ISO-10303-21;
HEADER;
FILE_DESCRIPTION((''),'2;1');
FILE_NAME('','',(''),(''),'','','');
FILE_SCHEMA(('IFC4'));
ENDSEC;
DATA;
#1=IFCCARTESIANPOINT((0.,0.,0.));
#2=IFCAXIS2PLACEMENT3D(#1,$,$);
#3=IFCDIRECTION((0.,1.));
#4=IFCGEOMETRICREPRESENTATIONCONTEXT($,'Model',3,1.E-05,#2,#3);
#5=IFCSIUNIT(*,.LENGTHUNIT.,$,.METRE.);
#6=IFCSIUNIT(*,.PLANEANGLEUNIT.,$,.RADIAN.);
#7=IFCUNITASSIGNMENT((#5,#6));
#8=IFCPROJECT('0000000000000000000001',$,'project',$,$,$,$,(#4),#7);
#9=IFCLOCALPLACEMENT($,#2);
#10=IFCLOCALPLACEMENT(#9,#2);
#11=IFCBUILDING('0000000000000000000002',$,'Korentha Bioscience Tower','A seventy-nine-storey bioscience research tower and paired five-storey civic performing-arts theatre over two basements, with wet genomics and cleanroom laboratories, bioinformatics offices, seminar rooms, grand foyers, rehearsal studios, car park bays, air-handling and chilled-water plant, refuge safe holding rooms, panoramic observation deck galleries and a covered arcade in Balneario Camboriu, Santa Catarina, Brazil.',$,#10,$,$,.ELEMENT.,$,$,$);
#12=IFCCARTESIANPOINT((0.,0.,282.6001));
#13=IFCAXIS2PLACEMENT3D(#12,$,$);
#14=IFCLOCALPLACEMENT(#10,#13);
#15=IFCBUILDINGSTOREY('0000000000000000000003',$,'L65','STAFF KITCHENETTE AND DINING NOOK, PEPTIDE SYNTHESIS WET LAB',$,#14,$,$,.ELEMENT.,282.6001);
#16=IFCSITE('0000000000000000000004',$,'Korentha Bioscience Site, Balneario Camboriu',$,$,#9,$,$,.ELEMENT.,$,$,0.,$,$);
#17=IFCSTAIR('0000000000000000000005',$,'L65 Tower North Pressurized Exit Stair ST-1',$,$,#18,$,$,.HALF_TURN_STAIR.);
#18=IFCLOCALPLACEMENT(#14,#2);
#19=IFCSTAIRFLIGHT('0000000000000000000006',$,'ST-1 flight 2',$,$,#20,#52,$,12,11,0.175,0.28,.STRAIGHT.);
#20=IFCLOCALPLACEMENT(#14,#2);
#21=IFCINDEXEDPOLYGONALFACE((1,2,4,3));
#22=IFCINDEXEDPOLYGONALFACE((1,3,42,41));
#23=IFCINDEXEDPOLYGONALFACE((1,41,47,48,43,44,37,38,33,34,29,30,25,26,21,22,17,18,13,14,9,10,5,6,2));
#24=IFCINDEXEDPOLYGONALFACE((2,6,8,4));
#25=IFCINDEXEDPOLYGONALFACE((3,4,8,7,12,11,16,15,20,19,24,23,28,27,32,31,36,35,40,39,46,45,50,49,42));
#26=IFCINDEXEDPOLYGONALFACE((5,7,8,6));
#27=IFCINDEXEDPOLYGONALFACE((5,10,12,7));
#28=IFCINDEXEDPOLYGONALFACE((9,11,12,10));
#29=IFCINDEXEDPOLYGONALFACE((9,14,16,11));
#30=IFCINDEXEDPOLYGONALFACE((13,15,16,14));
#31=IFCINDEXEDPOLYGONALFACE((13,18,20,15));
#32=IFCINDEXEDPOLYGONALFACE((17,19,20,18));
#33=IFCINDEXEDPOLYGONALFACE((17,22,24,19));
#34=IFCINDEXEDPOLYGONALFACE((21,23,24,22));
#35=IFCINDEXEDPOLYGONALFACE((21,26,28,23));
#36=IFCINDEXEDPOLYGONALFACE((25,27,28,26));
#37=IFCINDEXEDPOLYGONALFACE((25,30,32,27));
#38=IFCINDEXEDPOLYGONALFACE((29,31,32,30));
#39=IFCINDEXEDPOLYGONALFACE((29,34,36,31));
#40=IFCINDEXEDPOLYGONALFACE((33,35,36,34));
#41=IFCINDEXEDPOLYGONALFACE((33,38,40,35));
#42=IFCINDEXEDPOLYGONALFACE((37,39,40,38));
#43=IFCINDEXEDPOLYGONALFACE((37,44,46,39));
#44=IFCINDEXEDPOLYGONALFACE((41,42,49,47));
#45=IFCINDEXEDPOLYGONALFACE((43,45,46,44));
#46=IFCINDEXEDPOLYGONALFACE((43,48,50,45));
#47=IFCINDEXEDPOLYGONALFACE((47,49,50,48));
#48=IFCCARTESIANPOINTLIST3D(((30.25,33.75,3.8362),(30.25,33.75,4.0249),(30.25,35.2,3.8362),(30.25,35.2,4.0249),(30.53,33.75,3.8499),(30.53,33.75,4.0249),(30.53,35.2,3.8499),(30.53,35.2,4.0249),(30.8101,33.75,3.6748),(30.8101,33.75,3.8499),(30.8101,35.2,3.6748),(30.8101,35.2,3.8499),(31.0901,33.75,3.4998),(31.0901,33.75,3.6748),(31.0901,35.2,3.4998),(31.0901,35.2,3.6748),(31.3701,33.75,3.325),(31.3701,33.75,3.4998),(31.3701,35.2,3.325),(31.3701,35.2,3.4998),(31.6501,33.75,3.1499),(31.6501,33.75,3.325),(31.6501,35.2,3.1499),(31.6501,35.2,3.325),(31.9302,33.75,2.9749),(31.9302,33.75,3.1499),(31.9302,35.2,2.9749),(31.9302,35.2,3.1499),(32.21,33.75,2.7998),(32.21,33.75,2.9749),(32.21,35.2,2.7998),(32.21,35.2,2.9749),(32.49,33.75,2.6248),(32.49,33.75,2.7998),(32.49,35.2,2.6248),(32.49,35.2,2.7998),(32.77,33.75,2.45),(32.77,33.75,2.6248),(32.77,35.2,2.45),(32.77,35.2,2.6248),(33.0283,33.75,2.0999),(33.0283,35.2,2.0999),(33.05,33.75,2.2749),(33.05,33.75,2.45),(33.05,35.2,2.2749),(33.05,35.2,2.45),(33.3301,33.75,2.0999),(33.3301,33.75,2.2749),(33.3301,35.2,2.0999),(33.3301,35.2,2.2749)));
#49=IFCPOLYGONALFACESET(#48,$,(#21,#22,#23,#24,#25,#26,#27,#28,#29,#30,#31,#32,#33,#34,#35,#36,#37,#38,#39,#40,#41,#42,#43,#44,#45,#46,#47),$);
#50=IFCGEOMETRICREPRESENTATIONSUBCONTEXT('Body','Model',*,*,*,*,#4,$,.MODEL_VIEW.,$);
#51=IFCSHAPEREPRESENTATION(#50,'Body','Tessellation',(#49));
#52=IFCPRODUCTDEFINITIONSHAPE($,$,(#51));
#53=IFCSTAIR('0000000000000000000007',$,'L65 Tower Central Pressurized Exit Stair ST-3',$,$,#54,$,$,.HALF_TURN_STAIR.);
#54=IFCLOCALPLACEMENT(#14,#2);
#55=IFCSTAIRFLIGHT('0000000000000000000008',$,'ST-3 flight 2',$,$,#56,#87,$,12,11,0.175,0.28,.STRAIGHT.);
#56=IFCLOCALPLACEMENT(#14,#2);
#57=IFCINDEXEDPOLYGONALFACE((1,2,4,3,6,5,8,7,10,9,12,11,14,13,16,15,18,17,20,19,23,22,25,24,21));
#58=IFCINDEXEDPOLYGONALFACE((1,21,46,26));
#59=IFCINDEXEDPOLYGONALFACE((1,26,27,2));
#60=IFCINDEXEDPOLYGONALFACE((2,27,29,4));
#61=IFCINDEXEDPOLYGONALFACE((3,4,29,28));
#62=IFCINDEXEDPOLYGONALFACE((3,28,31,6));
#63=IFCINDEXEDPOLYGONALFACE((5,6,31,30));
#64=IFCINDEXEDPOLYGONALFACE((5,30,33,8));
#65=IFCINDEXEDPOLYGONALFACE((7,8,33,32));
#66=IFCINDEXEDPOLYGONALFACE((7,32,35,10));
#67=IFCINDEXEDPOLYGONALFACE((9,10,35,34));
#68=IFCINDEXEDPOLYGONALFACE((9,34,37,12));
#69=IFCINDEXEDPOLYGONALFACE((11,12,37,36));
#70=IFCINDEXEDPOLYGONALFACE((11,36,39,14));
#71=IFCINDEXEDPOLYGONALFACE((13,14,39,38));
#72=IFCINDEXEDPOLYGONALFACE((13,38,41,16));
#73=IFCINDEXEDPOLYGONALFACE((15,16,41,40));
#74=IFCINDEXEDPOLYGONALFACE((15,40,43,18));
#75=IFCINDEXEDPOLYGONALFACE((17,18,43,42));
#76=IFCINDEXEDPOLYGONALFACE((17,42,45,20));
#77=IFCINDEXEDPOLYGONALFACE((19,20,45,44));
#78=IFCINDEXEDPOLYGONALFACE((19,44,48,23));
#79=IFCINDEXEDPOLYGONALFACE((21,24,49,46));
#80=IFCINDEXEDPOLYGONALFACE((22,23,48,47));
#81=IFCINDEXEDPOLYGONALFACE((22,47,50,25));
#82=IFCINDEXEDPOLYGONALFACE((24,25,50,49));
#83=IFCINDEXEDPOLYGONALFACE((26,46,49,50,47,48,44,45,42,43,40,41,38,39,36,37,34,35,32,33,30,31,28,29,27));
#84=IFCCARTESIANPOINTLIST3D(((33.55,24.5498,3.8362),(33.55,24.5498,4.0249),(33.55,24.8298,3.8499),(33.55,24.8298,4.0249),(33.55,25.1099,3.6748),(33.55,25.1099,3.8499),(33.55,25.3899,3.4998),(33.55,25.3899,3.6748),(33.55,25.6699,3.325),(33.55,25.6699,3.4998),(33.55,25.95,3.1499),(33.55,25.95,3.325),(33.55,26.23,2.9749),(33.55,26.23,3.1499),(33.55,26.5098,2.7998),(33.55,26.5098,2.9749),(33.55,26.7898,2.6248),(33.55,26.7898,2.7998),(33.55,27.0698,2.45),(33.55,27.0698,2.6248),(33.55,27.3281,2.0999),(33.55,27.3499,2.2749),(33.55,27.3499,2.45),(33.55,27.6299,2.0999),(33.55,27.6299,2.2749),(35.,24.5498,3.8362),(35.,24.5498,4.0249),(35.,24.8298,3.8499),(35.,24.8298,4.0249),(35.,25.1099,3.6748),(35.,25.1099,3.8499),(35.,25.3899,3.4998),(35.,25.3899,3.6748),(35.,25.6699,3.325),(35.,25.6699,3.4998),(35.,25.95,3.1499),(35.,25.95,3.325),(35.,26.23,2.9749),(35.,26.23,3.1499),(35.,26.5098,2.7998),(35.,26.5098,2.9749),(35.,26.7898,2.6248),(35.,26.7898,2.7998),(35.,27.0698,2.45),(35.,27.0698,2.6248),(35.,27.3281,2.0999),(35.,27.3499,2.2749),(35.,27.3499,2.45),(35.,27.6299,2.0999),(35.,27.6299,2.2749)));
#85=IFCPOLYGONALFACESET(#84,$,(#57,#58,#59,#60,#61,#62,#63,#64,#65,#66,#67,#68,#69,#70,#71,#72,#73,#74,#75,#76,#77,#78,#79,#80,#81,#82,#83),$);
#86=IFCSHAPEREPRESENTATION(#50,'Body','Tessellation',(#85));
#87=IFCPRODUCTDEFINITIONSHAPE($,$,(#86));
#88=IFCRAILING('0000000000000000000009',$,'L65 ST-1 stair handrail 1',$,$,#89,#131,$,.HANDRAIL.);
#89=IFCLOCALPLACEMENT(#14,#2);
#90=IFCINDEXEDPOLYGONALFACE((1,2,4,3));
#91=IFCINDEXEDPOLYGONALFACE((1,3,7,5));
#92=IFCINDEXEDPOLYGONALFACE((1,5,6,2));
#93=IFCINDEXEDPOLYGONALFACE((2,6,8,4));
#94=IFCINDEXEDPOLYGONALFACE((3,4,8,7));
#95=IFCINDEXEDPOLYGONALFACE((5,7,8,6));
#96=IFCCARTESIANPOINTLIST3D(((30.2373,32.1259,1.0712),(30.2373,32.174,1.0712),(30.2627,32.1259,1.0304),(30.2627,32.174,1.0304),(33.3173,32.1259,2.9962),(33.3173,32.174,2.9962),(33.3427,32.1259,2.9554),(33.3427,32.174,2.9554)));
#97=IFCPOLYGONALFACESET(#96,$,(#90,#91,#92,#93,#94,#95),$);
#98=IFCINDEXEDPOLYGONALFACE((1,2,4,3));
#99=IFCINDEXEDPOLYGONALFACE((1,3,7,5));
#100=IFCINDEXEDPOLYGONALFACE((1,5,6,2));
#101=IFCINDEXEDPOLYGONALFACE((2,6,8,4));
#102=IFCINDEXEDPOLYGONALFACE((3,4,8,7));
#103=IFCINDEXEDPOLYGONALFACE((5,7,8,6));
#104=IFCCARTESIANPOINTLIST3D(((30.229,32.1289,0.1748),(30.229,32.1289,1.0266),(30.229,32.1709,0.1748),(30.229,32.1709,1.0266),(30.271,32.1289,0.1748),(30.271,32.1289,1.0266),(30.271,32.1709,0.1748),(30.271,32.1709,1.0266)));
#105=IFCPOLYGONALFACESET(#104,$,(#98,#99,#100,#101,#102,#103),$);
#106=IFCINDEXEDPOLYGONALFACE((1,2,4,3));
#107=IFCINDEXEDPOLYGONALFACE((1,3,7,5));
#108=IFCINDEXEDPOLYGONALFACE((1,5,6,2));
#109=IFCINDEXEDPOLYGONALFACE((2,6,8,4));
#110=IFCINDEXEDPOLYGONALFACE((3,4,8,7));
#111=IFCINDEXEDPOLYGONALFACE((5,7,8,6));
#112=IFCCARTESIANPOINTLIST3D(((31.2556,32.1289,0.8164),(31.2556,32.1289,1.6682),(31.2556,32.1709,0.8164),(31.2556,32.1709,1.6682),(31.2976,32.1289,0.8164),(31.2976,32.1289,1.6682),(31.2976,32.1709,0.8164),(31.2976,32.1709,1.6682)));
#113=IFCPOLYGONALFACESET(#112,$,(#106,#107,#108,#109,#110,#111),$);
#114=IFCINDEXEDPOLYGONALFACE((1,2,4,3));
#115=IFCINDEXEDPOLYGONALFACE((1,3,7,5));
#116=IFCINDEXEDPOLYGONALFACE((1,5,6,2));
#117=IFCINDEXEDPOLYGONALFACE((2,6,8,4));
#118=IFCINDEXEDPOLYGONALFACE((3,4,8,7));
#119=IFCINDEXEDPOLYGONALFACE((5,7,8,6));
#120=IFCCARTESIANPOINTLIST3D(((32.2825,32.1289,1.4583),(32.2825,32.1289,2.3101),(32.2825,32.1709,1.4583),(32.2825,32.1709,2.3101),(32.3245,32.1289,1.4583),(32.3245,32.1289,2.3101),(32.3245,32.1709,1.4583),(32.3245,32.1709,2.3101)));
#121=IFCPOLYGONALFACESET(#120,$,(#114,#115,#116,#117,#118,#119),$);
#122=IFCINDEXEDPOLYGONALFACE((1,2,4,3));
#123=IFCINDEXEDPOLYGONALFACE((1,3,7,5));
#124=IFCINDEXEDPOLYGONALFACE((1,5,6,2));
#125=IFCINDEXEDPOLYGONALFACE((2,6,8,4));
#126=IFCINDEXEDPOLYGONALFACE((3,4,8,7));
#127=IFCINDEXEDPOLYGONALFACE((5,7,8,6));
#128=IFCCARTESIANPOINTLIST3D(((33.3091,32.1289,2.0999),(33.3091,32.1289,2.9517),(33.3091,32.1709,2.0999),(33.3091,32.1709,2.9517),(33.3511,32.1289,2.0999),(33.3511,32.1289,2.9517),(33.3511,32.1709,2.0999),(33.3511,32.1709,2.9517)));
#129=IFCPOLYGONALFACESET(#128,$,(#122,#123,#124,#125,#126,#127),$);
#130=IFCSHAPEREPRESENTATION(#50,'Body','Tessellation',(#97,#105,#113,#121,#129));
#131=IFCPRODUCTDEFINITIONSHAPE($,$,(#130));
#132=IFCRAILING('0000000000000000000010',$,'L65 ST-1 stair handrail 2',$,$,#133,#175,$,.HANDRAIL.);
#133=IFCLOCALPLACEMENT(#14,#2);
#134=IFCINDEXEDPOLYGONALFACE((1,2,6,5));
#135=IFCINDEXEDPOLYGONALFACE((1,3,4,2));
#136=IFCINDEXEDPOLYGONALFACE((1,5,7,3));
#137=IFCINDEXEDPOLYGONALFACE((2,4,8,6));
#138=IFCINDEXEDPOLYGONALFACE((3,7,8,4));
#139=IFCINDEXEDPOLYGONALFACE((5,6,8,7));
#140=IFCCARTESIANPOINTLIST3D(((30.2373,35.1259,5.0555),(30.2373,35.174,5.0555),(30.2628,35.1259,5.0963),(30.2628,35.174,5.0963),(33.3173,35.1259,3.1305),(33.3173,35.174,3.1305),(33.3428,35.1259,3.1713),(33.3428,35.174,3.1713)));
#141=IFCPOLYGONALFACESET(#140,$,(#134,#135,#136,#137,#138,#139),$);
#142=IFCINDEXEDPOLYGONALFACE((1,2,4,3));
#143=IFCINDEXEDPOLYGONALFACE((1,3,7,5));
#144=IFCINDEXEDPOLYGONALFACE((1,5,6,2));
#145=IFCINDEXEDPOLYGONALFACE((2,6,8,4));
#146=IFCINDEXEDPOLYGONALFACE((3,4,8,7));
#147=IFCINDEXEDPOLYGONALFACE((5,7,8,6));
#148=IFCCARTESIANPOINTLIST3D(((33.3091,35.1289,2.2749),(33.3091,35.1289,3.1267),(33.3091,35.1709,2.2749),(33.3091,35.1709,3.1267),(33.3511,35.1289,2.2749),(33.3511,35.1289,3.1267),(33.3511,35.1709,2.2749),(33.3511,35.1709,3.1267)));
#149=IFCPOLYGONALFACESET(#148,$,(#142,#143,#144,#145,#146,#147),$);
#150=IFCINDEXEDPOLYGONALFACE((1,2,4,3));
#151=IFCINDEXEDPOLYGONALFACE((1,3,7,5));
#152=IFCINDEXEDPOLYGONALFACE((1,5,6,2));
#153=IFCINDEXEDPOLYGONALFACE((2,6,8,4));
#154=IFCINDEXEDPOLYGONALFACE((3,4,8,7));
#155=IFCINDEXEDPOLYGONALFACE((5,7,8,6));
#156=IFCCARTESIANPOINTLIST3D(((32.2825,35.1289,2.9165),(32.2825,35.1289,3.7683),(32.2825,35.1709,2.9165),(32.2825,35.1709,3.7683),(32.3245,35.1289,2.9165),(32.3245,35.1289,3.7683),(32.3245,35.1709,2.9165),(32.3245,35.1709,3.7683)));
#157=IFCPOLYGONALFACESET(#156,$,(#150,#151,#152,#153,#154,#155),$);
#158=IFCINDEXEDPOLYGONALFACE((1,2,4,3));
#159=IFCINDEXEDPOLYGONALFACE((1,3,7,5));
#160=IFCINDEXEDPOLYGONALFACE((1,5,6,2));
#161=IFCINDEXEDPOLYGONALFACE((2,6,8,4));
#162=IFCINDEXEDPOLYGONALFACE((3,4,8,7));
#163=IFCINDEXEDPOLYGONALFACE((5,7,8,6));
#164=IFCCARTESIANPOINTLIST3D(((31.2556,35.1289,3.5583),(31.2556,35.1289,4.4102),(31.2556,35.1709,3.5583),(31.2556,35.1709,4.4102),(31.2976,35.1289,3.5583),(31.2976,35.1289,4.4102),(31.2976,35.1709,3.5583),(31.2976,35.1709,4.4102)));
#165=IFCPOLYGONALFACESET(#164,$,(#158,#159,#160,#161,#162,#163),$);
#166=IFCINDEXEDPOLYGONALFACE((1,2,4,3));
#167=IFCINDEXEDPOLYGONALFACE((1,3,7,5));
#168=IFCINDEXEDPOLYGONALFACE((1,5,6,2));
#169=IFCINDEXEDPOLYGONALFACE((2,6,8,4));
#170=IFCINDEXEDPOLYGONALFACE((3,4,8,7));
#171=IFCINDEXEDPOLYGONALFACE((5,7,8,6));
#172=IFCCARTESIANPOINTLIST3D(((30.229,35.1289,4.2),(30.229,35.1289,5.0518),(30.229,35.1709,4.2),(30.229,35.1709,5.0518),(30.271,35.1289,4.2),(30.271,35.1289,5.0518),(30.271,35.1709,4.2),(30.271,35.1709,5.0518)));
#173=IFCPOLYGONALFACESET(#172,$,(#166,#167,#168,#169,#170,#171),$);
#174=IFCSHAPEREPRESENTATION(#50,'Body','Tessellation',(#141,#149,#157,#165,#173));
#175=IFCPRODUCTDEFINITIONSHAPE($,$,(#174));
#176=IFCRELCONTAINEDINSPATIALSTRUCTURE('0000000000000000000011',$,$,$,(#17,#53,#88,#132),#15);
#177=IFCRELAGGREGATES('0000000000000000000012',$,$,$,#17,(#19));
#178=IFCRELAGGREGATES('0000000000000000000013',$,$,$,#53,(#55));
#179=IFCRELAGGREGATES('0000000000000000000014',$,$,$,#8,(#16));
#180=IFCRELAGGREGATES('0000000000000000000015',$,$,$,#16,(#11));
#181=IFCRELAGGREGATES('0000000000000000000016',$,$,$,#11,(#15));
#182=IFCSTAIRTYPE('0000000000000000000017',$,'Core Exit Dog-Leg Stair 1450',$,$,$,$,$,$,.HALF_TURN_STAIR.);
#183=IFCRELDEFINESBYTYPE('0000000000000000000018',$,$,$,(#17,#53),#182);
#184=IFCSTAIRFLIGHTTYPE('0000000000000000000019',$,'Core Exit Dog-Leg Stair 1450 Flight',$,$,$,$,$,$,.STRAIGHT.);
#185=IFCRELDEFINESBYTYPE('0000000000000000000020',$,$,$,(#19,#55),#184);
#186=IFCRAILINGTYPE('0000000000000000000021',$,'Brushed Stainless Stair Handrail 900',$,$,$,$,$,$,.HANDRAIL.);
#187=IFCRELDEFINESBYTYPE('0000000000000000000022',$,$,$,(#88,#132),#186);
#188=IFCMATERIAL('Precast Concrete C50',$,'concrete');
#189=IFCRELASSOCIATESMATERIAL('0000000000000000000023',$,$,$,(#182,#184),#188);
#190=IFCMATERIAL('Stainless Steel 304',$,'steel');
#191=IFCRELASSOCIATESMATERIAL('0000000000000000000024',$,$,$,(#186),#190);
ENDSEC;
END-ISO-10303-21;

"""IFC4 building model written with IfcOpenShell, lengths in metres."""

from ifc_helpers import new_model, si_unit, direction, frame, origin, origin_2d, place, context, subcontext, project, spatial, polyline, rectangle, outline, extrude, material, type_object, element, aggregate, save


model = new_model("IFC4")

# Units and contexts
model_context = context("Model", 3, precision=1e-05, world=origin(), true_north=direction((0.0, 1.0)))
body_context = subcontext(model_context, "Body", "Model", "MODEL_VIEW")
ifc_project = project(units=[si_unit("LENGTHUNIT", "METRE"), si_unit("PLANEANGLEUNIT", "RADIAN")], contexts=[model_context])

# Site, building, storey
site_placement = place(None, origin())
site = spatial("IfcSite", under=ifc_project, at=site_placement, Name="Korentha Bioscience Site, Balneario Camboriu", CompositionType="ELEMENT", RefElevation=0.0)
building_placement = place(site_placement, origin())
building = spatial("IfcBuilding", under=site, at=building_placement, Name="Korentha Bioscience Tower", Description="A seventy-nine-storey bioscience research tower and paired five-storey civic performing-arts theatre over two basements, with wet genomics and cleanroom laboratories, bioinformatics offices, seminar rooms, grand foyers, rehearsal studios, car park bays, air-handling and chilled-water plant, refuge safe holding rooms, panoramic observation deck galleries and a covered arcade in Balneario Camboriu, Santa Catarina, Brazil.", CompositionType="ELEMENT")
storey_placement = place(building_placement, frame((0.0, 0.0, 282.6001)))
storey = spatial("IfcBuildingStorey", under=building, at=storey_placement, Name="L65", Description="STAFF KITCHENETTE AND DINING NOOK, PEPTIDE SYNTHESIS WET LAB", CompositionType="ELEMENT", Elevation=282.6001)

# Stair, stair flight
ifc_material_1 = material(Name="Precast Concrete C50", Category="concrete")
stair_type = type_object("IfcStairType", Name="Core Exit Dog-Leg Stair 1450", PredefinedType="HALF_TURN_STAIR", material=ifc_material_1)
stair_1_placement = place(storey_placement, origin())
stair_1 = element("IfcStair", 1, at=stair_1_placement, inside=storey, type_object=stair_type, Name="L65 Tower North Pressurized Exit Stair ST-1", PredefinedType="HALF_TURN_STAIR")
stair_flight_type = type_object("IfcStairFlightType", Name="Core Exit Dog-Leg Stair 1450 Flight", PredefinedType="STRAIGHT", material=ifc_material_1)
stair_flight_1_placement = place(storey_placement, frame((33.3301, 34.4751, 2.0999), z_axis=(0.0, 0.0, 1.0), x_axis=(-1.0, 0.0, 0.0)))
stair_flight_1 = element("IfcStairFlight", 2, at=stair_flight_1_placement, type_object=stair_flight_type, Name="ST-1 flight 2", NumberOfRisers=12, NumberOfTreads=11, PredefinedType="STRAIGHT", RiserHeight=0.175, TreadLength=0.28, context=body_context, shape_type="SweptSolid", body=[
    extrude(outline(polyline([(0.0, 0.0), (0.0, 0.175), (0.28, 0.175), (0.28, 0.3501), (0.5601, 0.3501), (0.5601, 0.5249), (0.8401, 0.5249), (0.8401, 0.7), (1.1201, 0.7), (1.1201, 0.875), (1.3999, 0.875), (1.3999, 1.05), (1.6799, 1.05), (1.6799, 1.2251), (1.96, 1.2251), (1.96, 1.3999), (2.24, 1.3999), (2.24, 1.575), (2.52, 1.575), (2.52, 1.75), (2.8, 1.75), (2.8, 1.925), (3.0801, 1.925), (3.0801, 2.1001), (3.0801, 1.7363), (0.3018, 0.0), (0.0, 0.0)])), frame((0.0, 0.7251, 0.0), z_axis=(0.0, -1.0, 0.0), x_axis=(1.0, 0.0, 0.0)), (0.0, 0.0, 1.0), 1.45),
])
aggregate(stair_1, [stair_flight_1])

# Stair, stair flight
stair_2_placement = place(storey_placement, origin())
stair_2 = element("IfcStair", 3, at=stair_2_placement, inside=storey, type_object=stair_type, Name="L65 Tower Central Pressurized Exit Stair ST-3", PredefinedType="HALF_TURN_STAIR")
stair_flight_2_placement = place(storey_placement, frame((34.2749, 27.6299, 2.0999), z_axis=(0.0, 0.0, 1.0), x_axis=(0.0, -1.0, 0.0)))
stair_flight_2 = element("IfcStairFlight", 4, at=stair_flight_2_placement, type_object=stair_flight_type, Name="ST-3 flight 2", NumberOfRisers=12, NumberOfTreads=11, PredefinedType="STRAIGHT", RiserHeight=0.175, TreadLength=0.28, context=body_context, shape_type="SweptSolid", body=[
    extrude(outline(polyline([(0.0, 0.0), (0.0, 0.175), (0.28, 0.175), (0.28, 0.3501), (0.5601, 0.3501), (0.5601, 0.5249), (0.8401, 0.5249), (0.8401, 0.7), (1.1201, 0.7), (1.1201, 0.875), (1.3999, 0.875), (1.3999, 1.05), (1.6799, 1.05), (1.6799, 1.2251), (1.96, 1.2251), (1.96, 1.3999), (2.24, 1.3999), (2.24, 1.575), (2.52, 1.575), (2.52, 1.75), (2.8, 1.75), (2.8, 1.925), (3.0801, 1.925), (3.0801, 2.1001), (3.0801, 1.7363), (0.3018, 0.0), (0.0, 0.0)])), frame((0.0, 0.7251, 0.0), z_axis=(0.0, -1.0, 0.0), x_axis=(1.0, 0.0, 0.0)), (0.0, 0.0, 1.0), 1.45),
])
aggregate(stair_2, [stair_flight_2])

# Railings
ifc_material_2 = material(Name="Stainless Steel 304", Category="steel")
railing_type_1 = type_object("IfcRailingType", Name="Brushed Stainless Stair Handrail 900", PredefinedType="HANDRAIL", material=ifc_material_2)
railing_1_placement = place(storey_placement, frame((30.25, 32.1499, 0.1748)))
element("IfcRailing", 5, at=railing_1_placement, inside=storey, type_object=railing_type_1, Name="L65 ST-1 stair handrail 1", PredefinedType="HANDRAIL", context=body_context, shape_type="SweptSolid", body=[
    extrude(rectangle(XDim=0.0481, YDim=0.0481, at=origin_2d()), frame((0.0, 0.0, 0.876), z_axis=(0.847998, 0.0, 0.529999), x_axis=(0.0, 1.0, 0.0)), (0.0, 0.0, 1.0), 3.6321),
    extrude(rectangle(XDim=0.042, YDim=0.042, at=origin_2d()), origin(), (0.0, 0.0, 1.0), 0.8518),
    extrude(rectangle(XDim=0.042, YDim=0.042, at=origin_2d()), frame((1.0266, 0.0, 0.6416)), (0.0, 0.0, 1.0), 0.8518),
    extrude(rectangle(XDim=0.042, YDim=0.042, at=origin_2d()), frame((2.0535, 0.0, 1.2834)), (0.0, 0.0, 1.0), 0.8518),
    extrude(rectangle(XDim=0.042, YDim=0.042, at=origin_2d()), frame((3.0801, 0.0, 1.925)), (0.0, 0.0, 1.0), 0.8518),
])
railing_2_placement = place(storey_placement, frame((33.3301, 35.1499, 2.2749)))
element("IfcRailing", 6, at=railing_2_placement, inside=storey, type_object=railing_type_1, Name="L65 ST-1 stair handrail 2", PredefinedType="HANDRAIL", context=body_context, shape_type="SweptSolid", body=[
    extrude(rectangle(XDim=0.0481, YDim=0.0481, at=origin_2d()), frame((0.0, 0.0, 0.876), z_axis=(-0.847998, 0.0, 0.529999), x_axis=(0.0, -1.0, 0.0)), (0.0, 0.0, 1.0), 3.6321),
    extrude(rectangle(XDim=0.042, YDim=0.042, at=origin_2d()), origin(), (0.0, 0.0, 1.0), 0.8518),
    extrude(rectangle(XDim=0.042, YDim=0.042, at=origin_2d()), frame((-1.0266, 0.0, 0.6416)), (0.0, 0.0, 1.0), 0.8518),
    extrude(rectangle(XDim=0.042, YDim=0.042, at=origin_2d()), frame((-2.0535, 0.0, 1.2834)), (0.0, 0.0, 1.0), 0.8518),
    extrude(rectangle(XDim=0.042, YDim=0.042, at=origin_2d()), frame((-3.0801, 0.0, 1.925)), (0.0, 0.0, 1.0), 0.8518),
])

save(model, "model.ifc")
